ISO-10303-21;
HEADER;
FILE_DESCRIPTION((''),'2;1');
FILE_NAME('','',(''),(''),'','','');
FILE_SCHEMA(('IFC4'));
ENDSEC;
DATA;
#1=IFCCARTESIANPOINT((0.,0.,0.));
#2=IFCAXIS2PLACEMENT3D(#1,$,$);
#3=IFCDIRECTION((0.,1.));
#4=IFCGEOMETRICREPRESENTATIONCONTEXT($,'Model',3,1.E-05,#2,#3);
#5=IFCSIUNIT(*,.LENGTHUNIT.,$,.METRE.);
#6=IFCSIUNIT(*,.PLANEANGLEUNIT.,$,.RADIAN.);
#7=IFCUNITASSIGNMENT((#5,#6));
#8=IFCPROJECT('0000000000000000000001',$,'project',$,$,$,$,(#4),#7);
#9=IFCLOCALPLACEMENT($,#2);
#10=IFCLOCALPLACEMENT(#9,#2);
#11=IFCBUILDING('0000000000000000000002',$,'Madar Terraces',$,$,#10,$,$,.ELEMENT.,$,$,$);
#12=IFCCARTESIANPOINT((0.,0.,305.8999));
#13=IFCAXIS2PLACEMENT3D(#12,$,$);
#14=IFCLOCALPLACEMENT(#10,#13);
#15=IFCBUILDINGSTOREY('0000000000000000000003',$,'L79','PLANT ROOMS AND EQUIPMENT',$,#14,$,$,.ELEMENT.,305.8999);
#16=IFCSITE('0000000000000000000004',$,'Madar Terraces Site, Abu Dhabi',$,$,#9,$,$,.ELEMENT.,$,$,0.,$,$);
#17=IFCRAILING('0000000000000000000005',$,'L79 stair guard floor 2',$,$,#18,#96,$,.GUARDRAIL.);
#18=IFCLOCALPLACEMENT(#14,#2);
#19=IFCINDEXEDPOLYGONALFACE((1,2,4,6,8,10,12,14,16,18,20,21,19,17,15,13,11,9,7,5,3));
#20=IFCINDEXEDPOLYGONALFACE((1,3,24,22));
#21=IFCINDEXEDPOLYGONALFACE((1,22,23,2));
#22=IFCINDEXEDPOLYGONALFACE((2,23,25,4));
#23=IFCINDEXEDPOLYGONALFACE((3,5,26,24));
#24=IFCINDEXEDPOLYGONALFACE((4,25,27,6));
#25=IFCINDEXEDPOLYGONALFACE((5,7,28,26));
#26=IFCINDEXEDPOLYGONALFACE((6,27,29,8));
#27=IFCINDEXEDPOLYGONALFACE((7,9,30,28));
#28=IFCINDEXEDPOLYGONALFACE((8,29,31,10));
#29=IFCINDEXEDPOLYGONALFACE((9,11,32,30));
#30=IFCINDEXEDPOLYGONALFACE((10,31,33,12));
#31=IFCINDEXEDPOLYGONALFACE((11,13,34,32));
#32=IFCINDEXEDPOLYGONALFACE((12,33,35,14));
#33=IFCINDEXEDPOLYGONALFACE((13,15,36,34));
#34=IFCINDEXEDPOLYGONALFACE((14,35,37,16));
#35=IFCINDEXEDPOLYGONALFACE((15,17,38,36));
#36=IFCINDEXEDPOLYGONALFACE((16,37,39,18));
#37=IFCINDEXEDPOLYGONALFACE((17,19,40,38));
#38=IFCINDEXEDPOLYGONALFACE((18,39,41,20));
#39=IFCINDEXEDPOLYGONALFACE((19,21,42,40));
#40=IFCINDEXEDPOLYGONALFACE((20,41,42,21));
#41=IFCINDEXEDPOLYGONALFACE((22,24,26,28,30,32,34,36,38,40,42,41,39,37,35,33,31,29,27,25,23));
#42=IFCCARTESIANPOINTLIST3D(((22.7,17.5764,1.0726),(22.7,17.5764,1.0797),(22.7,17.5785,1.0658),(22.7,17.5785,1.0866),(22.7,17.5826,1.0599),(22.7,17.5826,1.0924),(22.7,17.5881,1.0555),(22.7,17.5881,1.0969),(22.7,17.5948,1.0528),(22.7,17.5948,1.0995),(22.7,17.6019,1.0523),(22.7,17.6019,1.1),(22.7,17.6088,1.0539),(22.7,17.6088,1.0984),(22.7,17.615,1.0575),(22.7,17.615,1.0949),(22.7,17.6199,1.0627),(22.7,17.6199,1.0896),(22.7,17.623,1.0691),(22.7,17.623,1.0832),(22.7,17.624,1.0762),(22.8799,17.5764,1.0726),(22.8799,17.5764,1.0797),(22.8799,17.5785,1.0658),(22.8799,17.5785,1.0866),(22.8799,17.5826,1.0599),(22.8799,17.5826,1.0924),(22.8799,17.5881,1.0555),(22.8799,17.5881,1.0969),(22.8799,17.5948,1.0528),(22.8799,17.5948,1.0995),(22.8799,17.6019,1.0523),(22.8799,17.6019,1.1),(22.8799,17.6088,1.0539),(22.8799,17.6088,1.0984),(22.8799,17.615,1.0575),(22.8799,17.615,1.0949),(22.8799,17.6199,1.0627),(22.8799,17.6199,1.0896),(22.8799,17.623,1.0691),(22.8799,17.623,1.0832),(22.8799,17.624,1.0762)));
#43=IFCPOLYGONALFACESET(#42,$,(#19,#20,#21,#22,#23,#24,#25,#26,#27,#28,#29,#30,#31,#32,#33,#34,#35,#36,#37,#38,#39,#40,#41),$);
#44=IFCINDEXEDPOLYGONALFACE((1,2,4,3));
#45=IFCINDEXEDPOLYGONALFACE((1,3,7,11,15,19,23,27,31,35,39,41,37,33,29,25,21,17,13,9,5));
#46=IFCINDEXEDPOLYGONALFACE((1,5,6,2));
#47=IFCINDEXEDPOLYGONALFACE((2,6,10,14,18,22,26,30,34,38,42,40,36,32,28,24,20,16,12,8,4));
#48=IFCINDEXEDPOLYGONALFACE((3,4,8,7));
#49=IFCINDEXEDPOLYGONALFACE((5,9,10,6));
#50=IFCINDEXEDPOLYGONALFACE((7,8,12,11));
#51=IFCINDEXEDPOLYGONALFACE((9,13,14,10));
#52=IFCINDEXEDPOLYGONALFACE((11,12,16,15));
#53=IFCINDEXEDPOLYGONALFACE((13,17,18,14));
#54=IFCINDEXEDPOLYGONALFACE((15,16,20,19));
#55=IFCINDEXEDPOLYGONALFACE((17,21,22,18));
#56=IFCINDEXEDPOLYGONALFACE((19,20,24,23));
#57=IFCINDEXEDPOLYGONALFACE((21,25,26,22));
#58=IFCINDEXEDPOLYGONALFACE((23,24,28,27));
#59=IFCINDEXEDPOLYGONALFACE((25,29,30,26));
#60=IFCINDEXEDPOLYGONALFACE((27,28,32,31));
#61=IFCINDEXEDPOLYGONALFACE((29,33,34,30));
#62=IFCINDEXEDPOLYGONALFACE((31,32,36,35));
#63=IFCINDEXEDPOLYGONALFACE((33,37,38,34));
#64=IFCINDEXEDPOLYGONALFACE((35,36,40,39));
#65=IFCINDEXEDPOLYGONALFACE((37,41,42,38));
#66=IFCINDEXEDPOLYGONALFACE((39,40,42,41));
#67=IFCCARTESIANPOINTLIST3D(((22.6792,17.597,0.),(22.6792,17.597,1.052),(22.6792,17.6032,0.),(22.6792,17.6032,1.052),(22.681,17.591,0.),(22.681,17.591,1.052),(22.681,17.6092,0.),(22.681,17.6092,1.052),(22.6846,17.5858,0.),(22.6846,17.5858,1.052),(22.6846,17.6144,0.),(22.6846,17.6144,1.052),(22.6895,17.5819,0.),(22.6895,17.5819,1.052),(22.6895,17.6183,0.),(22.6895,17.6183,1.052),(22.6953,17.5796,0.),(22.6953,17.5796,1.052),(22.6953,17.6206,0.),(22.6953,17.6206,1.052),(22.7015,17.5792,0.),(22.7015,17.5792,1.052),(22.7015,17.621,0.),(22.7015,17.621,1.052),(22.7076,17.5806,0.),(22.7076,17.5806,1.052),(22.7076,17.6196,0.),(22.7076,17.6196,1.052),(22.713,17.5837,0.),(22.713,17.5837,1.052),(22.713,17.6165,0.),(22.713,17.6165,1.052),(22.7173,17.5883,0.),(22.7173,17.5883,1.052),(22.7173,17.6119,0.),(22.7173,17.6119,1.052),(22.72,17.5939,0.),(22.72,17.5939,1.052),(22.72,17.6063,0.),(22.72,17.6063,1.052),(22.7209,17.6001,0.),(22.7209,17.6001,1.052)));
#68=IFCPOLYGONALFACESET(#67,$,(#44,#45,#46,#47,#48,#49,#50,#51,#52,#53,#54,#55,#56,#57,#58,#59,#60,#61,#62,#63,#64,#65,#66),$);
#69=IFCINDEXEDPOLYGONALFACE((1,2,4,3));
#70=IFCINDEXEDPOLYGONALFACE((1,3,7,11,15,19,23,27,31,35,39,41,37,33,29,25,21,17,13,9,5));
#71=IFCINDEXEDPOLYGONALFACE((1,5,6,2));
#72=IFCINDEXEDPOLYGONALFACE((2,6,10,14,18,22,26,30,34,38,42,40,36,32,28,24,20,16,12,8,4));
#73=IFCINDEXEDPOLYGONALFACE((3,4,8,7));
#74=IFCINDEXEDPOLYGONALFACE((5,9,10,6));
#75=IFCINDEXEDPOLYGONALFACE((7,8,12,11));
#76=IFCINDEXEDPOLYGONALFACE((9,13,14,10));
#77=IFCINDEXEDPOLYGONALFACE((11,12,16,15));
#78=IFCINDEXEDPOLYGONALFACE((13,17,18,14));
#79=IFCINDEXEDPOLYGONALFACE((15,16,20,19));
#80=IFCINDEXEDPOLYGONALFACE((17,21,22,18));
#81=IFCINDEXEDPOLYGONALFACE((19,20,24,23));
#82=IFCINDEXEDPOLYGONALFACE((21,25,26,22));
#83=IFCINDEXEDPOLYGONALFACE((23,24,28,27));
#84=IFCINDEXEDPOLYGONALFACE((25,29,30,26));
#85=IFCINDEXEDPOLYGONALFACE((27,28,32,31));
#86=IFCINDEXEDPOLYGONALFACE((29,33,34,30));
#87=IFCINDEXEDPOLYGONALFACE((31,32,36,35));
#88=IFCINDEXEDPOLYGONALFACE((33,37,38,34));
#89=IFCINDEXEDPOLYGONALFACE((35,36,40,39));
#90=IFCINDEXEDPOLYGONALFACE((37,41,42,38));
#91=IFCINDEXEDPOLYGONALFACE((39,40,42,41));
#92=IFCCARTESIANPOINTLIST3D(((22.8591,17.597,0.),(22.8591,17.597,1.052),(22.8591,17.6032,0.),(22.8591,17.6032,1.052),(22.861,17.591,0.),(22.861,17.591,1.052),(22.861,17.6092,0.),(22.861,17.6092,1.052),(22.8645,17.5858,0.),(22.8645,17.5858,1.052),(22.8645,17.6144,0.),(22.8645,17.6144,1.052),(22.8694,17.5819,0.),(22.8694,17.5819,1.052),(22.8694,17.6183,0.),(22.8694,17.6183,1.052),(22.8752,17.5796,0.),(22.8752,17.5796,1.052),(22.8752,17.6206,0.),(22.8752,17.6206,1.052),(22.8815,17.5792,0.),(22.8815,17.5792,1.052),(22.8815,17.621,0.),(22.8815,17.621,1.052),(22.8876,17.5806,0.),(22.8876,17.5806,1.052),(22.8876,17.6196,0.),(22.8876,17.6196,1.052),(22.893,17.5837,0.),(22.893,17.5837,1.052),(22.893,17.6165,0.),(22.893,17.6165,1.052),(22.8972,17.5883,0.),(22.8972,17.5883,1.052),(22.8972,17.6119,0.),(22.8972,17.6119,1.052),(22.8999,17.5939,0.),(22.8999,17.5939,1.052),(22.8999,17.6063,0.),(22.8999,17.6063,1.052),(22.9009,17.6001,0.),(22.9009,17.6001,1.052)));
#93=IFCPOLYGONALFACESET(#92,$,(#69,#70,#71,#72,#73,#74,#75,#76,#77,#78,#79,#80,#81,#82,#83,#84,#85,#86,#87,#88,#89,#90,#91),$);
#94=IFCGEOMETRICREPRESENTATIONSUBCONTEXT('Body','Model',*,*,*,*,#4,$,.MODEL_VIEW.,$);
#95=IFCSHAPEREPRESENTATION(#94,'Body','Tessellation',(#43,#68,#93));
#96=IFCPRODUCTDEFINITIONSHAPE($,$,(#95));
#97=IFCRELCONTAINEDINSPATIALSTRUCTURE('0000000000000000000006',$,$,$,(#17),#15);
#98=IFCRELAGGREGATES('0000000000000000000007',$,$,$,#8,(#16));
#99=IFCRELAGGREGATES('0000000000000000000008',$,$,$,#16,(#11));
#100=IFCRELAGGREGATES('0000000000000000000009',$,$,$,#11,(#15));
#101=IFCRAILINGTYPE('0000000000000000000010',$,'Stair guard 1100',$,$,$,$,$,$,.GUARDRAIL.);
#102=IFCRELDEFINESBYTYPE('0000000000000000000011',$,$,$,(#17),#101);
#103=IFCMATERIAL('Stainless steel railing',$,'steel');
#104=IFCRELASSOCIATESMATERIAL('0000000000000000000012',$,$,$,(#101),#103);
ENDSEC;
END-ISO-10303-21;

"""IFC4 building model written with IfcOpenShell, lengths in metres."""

from ifc_helpers import new_model, si_unit, direction, frame, origin, origin_2d, place, context, subcontext, project, spatial, circle, extrude, material, type_object, element, save


model = new_model("IFC4")

# Units and contexts
model_context = context("Model", 3, precision=1e-05, world=origin(), true_north=direction((0.0, 1.0)))
body_context = subcontext(model_context, "Body", "Model", "MODEL_VIEW")
ifc_project = project(units=[si_unit("LENGTHUNIT", "METRE"), si_unit("PLANEANGLEUNIT", "RADIAN")], contexts=[model_context])

# Site, building, storey
site_placement = place(None, origin())
site = spatial("IfcSite", under=ifc_project, at=site_placement, Name="Madar Terraces Site, Abu Dhabi", CompositionType="ELEMENT", RefElevation=0.0)
building_placement = place(site_placement, origin())
building = spatial("IfcBuilding", under=site, at=building_placement, Name="Madar Terraces", CompositionType="ELEMENT")
storey_placement = place(building_placement, frame((0.0, 0.0, 305.8999)))
storey = spatial("IfcBuildingStorey", under=building, at=storey_placement, Name="L79", Description="PLANT ROOMS AND EQUIPMENT", CompositionType="ELEMENT", Elevation=305.8999)

# Railing
ifc_material_1 = material(Name="Stainless steel railing", Category="steel")
railing_type_1 = type_object("IfcRailingType", Name="Stair guard 1100", PredefinedType="GUARDRAIL", material=ifc_material_1)
for number, where, name in (
    (1, (22.7, 17.6001, 0.0), "L79 stair guard floor 2"),
):
    element("IfcRailing", number, at=place(storey_placement, frame(where)), inside=storey, type_object=railing_type_1, Name=name, PredefinedType="GUARDRAIL", context=body_context, shape_type="SweptSolid", body=[
        extrude(circle(Radius=0.0239, at=origin_2d()), frame((0.0, 0.0, 1.0762), z_axis=(1.0, 0.0, 0.0), x_axis=(0.0, 1.0, 0.0)), (0.0, 0.0, 1.0), 0.1799),
        extrude(circle(Radius=0.021, at=origin_2d()), origin(), (0.0, 0.0, 1.0), 1.052),
        extrude(circle(Radius=0.021, at=origin_2d()), frame((0.1799, 0.0, 0.0)), (0.0, 0.0, 1.0), 1.052),
    ])

save(model, "model.ifc")
